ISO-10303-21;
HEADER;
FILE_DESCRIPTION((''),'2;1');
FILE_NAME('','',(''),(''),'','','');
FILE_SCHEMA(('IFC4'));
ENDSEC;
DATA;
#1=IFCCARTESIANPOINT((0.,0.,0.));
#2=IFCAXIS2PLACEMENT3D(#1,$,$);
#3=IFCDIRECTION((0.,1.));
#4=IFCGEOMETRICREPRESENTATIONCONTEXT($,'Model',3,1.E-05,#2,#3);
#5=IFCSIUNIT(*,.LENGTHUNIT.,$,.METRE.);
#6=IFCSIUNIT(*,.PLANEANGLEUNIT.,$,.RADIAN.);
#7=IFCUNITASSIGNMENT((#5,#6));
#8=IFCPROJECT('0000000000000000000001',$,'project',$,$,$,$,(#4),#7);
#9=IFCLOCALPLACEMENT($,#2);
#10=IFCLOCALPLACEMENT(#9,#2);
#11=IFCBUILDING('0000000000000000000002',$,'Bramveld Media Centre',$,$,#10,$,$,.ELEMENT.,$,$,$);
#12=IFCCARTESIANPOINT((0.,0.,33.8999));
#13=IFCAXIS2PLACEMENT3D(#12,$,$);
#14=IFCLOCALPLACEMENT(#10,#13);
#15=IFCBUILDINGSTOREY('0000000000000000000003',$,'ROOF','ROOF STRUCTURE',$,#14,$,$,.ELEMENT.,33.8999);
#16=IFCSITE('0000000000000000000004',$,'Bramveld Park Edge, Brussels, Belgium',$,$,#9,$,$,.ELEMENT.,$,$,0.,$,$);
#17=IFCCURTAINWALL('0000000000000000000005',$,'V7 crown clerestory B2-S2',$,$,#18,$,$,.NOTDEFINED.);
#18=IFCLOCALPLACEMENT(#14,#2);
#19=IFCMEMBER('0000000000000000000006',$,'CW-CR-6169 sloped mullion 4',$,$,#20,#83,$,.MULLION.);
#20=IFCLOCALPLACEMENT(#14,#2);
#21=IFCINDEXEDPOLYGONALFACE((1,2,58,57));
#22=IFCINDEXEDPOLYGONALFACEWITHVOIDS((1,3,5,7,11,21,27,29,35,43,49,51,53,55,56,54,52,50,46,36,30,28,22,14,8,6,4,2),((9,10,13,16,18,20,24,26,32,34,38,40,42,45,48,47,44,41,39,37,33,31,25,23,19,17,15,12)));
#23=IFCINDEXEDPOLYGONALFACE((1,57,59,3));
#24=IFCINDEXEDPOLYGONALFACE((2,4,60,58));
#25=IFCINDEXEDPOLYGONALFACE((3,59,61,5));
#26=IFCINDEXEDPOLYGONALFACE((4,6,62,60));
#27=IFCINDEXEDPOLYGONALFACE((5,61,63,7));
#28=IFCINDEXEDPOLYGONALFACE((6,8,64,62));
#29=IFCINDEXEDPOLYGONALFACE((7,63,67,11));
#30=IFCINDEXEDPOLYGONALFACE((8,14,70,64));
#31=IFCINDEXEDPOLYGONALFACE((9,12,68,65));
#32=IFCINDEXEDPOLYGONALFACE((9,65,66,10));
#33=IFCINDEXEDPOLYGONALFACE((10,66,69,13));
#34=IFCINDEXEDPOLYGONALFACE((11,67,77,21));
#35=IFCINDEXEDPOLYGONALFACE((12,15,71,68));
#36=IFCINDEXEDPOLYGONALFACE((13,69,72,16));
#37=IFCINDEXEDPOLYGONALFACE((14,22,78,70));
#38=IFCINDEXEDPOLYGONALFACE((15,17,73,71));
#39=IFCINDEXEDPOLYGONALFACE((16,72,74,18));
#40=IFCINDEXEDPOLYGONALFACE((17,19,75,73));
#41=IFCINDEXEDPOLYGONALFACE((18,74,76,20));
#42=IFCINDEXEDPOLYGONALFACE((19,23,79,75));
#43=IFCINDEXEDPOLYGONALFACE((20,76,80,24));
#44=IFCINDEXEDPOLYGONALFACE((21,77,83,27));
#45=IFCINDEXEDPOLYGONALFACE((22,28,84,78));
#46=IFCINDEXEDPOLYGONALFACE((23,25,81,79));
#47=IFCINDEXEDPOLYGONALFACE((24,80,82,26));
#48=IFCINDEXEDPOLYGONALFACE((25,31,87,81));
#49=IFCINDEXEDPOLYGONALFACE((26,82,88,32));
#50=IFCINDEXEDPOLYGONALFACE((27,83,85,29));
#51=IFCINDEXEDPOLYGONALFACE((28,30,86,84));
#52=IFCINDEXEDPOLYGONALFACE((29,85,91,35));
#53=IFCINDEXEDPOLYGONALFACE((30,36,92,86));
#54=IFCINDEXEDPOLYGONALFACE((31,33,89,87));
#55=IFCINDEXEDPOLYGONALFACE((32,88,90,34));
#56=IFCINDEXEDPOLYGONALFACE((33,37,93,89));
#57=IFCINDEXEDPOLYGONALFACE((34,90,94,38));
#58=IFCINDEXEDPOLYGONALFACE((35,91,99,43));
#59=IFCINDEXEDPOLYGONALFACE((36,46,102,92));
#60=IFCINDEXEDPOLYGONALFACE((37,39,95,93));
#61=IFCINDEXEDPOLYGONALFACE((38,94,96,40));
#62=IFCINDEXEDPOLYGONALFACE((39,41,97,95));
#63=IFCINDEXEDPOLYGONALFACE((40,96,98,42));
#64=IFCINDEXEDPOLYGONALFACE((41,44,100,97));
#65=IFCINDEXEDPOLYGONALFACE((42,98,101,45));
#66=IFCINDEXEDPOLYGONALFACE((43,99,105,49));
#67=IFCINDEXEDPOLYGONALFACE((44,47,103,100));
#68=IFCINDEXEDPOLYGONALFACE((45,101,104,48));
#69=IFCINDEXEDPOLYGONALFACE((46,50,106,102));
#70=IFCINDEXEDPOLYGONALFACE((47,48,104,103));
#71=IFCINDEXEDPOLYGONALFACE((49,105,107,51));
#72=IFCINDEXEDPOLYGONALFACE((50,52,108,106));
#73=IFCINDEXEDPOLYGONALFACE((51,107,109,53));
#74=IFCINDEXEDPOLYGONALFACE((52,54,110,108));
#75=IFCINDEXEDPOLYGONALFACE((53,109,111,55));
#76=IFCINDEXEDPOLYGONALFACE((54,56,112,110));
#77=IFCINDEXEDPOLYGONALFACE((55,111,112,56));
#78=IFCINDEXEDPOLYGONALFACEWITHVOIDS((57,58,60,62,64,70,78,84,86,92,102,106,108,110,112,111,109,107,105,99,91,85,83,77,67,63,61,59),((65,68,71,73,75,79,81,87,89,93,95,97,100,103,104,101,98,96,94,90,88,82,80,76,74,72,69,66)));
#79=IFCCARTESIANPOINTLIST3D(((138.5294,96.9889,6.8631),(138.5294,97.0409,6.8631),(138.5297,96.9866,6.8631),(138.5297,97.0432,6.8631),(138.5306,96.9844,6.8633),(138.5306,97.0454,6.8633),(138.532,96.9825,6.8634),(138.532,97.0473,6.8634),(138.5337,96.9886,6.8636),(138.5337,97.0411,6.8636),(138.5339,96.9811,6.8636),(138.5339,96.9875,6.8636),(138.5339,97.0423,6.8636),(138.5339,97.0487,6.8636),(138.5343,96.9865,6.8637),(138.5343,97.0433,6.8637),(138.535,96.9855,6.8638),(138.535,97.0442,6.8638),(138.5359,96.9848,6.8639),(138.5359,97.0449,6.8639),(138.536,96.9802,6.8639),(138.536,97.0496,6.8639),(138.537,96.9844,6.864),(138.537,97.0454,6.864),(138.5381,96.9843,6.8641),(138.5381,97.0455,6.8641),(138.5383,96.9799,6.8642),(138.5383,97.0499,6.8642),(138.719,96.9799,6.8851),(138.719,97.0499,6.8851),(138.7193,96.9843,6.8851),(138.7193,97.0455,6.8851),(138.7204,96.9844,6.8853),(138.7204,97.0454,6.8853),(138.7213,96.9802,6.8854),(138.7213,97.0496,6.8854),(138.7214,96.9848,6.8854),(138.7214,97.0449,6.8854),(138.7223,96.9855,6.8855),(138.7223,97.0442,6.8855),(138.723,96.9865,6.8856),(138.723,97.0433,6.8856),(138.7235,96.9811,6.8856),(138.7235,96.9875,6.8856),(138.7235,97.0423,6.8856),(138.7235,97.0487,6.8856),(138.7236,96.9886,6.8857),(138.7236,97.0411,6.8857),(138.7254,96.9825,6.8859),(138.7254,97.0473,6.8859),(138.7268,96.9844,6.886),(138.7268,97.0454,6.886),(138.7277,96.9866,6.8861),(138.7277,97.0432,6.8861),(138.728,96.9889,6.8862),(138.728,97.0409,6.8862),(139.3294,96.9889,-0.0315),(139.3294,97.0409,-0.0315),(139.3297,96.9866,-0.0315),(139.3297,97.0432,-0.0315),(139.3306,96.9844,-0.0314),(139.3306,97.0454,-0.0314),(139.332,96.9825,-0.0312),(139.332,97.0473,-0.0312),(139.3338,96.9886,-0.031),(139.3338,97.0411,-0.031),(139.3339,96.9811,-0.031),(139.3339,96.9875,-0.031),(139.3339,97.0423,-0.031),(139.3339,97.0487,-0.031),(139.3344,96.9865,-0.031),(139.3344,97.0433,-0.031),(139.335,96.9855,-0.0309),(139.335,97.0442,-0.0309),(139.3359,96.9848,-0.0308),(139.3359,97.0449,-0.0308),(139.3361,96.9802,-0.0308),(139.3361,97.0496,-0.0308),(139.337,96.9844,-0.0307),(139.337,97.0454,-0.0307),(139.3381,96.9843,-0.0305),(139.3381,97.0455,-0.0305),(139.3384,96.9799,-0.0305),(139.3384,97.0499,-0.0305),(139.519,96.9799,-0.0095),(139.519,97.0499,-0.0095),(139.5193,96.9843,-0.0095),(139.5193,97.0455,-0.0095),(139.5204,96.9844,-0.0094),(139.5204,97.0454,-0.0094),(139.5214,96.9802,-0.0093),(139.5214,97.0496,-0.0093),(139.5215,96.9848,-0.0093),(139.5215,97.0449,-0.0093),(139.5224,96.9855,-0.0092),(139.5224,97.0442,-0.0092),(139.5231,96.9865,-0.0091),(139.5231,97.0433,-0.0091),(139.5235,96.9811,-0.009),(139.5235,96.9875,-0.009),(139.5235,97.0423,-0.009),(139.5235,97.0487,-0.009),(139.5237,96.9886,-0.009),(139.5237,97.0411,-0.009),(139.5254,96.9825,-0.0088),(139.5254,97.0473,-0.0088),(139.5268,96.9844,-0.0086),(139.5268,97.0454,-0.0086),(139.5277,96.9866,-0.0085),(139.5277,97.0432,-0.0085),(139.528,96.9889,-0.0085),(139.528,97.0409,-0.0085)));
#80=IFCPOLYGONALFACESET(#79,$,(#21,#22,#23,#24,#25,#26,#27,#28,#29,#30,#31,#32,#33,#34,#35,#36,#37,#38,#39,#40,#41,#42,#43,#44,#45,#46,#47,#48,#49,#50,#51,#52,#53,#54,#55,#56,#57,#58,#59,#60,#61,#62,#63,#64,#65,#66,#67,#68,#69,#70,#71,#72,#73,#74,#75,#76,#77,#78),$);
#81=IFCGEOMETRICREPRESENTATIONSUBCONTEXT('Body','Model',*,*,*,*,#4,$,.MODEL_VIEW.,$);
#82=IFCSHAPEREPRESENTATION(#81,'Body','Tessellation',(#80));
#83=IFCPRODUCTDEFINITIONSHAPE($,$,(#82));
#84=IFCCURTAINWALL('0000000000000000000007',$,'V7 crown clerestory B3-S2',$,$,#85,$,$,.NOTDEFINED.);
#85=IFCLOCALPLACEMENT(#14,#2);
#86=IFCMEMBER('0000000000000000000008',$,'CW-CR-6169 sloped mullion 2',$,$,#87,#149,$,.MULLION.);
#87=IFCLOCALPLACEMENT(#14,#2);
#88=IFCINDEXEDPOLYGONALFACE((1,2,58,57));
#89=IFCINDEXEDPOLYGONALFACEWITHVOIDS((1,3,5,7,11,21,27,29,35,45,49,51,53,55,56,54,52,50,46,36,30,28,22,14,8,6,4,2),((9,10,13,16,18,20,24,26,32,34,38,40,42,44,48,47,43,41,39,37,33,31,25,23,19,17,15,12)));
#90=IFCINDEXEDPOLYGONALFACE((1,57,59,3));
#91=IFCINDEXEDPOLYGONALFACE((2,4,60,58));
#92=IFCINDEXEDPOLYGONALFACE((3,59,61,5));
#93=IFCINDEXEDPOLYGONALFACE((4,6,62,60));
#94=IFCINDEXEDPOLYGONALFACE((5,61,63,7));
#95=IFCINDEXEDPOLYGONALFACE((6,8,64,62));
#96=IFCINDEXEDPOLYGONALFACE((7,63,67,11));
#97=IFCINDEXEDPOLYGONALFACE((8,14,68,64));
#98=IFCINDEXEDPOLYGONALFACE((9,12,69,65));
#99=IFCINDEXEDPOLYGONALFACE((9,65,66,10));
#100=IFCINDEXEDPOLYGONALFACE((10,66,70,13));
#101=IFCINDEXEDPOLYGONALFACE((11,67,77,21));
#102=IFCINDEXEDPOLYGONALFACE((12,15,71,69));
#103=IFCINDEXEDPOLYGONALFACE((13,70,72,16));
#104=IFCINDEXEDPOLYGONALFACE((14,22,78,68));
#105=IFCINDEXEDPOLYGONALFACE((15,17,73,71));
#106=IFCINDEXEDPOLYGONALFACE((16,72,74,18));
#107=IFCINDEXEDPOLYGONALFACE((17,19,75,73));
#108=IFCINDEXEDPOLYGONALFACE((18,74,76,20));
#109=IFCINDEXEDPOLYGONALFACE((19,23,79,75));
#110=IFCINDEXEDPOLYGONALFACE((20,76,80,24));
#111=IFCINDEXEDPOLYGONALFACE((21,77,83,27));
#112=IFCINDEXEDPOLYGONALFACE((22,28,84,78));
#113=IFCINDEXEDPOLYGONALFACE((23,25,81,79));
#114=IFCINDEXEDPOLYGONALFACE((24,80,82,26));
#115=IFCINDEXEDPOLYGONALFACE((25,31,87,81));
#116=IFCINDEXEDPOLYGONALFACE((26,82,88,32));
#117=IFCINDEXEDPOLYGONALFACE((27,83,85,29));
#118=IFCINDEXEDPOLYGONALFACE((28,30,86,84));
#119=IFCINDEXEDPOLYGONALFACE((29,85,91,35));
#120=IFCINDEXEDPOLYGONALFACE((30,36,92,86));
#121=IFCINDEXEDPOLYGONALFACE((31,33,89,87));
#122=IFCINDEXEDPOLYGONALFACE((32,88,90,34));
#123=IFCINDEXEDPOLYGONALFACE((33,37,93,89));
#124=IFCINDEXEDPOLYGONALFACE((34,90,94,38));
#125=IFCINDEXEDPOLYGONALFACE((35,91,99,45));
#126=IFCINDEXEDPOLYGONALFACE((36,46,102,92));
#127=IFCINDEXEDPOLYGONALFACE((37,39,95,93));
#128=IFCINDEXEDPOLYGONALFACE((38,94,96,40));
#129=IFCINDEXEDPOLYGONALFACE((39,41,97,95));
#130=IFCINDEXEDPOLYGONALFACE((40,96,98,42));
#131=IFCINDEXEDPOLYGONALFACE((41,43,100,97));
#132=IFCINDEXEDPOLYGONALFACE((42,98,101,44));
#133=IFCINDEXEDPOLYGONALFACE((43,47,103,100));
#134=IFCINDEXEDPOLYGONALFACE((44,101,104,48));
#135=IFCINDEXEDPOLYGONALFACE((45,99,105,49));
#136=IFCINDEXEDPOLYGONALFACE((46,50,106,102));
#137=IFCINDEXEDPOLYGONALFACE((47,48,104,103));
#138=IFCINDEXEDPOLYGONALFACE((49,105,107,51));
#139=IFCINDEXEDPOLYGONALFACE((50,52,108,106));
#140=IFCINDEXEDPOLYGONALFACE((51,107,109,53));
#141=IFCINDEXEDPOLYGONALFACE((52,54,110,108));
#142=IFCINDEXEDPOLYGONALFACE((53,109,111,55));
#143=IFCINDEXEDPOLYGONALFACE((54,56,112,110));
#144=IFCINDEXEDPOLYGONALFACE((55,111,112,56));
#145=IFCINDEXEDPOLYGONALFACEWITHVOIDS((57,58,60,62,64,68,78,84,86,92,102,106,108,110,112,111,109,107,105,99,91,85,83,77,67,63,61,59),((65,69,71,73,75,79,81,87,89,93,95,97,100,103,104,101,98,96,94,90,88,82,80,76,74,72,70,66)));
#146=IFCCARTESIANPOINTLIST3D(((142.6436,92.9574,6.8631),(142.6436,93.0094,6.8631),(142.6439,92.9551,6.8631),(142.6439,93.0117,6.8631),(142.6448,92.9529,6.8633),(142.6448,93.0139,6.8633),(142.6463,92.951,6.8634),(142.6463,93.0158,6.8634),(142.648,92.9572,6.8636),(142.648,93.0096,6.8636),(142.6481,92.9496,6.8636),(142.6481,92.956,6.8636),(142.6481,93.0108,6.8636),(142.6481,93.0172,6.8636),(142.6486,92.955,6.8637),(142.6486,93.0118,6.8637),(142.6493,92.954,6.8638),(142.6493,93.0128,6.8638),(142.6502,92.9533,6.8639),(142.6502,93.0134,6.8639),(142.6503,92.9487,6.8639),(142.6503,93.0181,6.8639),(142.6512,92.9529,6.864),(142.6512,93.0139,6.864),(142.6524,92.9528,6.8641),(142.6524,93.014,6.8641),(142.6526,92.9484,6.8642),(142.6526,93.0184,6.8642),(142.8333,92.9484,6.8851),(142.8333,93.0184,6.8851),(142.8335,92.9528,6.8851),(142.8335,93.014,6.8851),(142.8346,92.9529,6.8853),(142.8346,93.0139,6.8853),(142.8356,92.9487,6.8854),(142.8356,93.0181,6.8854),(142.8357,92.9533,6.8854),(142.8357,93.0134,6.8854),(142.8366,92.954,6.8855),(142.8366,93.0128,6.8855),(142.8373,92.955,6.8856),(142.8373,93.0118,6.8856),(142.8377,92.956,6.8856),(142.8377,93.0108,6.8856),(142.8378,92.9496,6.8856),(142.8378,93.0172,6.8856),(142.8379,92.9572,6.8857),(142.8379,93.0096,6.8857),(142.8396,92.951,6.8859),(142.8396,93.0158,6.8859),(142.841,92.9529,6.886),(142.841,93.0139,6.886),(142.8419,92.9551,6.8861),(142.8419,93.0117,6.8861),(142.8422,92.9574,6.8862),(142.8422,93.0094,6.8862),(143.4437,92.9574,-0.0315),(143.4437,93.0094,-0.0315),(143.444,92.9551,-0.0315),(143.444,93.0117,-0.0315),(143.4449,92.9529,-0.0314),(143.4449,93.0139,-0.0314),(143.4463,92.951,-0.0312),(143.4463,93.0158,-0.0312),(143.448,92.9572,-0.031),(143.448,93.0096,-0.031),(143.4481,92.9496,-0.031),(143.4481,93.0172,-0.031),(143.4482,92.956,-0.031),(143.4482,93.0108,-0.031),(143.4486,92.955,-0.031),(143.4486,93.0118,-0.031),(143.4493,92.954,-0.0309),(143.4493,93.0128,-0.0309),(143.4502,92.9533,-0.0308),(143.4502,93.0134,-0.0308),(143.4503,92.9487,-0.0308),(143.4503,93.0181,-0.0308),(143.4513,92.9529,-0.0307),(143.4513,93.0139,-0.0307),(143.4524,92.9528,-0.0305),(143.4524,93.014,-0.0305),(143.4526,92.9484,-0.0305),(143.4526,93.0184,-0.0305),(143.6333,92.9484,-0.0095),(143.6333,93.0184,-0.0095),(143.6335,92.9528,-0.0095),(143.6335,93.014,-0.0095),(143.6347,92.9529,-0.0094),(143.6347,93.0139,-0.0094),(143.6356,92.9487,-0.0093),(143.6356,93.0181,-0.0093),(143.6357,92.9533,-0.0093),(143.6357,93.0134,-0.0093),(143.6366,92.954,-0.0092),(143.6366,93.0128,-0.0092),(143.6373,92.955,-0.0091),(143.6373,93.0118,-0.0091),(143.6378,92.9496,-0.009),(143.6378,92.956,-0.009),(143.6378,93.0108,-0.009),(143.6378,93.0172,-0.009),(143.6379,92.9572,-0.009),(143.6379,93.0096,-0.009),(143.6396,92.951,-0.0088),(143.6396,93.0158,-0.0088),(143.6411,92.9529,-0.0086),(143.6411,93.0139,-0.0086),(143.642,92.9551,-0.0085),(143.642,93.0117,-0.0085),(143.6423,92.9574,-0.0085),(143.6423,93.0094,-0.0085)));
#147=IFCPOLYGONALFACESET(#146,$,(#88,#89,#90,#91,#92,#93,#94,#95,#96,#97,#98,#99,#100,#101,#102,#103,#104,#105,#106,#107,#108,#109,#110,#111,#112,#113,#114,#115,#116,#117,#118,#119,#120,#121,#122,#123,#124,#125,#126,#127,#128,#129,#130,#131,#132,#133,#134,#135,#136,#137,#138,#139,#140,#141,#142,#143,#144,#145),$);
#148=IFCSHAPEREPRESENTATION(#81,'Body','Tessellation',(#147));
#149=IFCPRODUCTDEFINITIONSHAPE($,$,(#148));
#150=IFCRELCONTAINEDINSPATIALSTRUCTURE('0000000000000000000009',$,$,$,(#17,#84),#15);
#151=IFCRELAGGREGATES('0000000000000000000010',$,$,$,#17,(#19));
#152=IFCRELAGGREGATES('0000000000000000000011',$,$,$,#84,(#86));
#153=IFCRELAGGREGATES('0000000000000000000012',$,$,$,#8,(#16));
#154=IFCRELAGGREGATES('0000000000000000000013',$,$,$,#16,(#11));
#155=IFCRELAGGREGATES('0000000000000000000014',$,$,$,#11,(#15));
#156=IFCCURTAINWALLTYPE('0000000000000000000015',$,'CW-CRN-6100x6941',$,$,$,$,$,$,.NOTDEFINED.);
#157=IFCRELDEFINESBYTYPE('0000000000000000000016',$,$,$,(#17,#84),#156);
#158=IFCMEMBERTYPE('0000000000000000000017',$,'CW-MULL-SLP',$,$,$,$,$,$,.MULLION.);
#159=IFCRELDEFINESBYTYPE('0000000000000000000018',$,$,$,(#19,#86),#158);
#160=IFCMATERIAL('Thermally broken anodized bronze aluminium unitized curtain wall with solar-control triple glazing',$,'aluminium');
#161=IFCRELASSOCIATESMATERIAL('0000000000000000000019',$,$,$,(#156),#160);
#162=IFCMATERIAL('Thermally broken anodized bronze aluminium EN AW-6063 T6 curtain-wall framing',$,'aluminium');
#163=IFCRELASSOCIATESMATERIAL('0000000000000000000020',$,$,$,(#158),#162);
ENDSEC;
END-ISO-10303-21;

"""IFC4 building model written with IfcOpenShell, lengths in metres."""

from ifc_helpers import new_model, si_unit, direction, frame, origin, origin_2d, place, context, subcontext, project, spatial, hollow_rectangle, extrude, material, material_profile, profile_set, type_object, element, aggregate, save


model = new_model("IFC4")

# Units and contexts
model_context = context("Model", 3, precision=1e-05, world=origin(), true_north=direction((0.0, 1.0)))
body_context = subcontext(model_context, "Body", "Model", "MODEL_VIEW")
ifc_project = project(units=[si_unit("LENGTHUNIT", "METRE"), si_unit("PLANEANGLEUNIT", "RADIAN")], contexts=[model_context])

# Site, building, storey
site_placement = place(None, origin())
site = spatial("IfcSite", under=ifc_project, at=site_placement, Name="Bramveld Park Edge, Brussels, Belgium", CompositionType="ELEMENT", RefElevation=0.0)
building_placement = place(site_placement, origin())
building = spatial("IfcBuilding", under=site, at=building_placement, Name="Bramveld Media Centre", CompositionType="ELEMENT")
storey_placement = place(building_placement, frame((0.0, 0.0, 33.8999)))
storey = spatial("IfcBuildingStorey", under=building, at=storey_placement, Name="ROOF", Description="ROOF STRUCTURE", CompositionType="ELEMENT", Elevation=33.8999)

# Curtain walls, members
ifc_material_1 = material(Name="Thermally broken anodized bronze aluminium unitized curtain wall with solar-control triple glazing", Category="aluminium")
curtain_wall_type = type_object("IfcCurtainWallType", Name="CW-CRN-6100x6941", PredefinedType="NOTDEFINED", material=ifc_material_1)
curtain_wall_1_placement = place(storey_placement, origin())
curtain_wall_1 = element("IfcCurtainWall", 1, at=curtain_wall_1_placement, inside=storey, type_object=curtain_wall_type, Name="V7 crown clerestory B2-S2", PredefinedType="NOTDEFINED")
ifc_material_2 = material(Name="Thermally broken anodized bronze aluminium EN AW-6063 T6 curtain-wall framing", Category="aluminium")
ifc_material_profile_1 = material_profile(ifc_material_2, hollow_rectangle(XDim=0.0701, YDim=0.2, WallThickness=0.0044, InnerFilletRadius=0.0044, OuterFilletRadius=0.009, at=origin_2d()), Name="AL-MULL 70x200")
ifc_profile_set_1 = profile_set([ifc_material_profile_1], Name="Thermally broken anodized bronze aluminium EN AW-6063 T6 curtain-wall framing")
member_type_1 = type_object("IfcMemberType", Name="CW-MULL-SLP", PredefinedType="MULLION", material=ifc_profile_set_1)
member_1_placement = place(storey_placement, frame((139.4287, 97.0149, -0.02), z_axis=(-0.115264, 0.0, 0.993335), x_axis=(0.0, -1.0, 0.0)))
member_1 = element("IfcMember", 2, at=member_1_placement, type_object=member_type_1, Name="CW-CR-6169 sloped mullion 4", PredefinedType="MULLION", context=body_context, shape_type="SweptSolid", body=[
    extrude(hollow_rectangle(XDim=0.0701, YDim=0.2, WallThickness=0.0044, InnerFilletRadius=0.0044, OuterFilletRadius=0.009, at=origin_2d()), origin(), (0.0, 0.0, 1.0), 6.9409),
])
curtain_wall_2_placement = place(storey_placement, origin())
curtain_wall_2 = element("IfcCurtainWall", 3, at=curtain_wall_2_placement, inside=storey, type_object=curtain_wall_type, Name="V7 crown clerestory B3-S2", PredefinedType="NOTDEFINED")
member_2_placement = place(storey_placement, frame((143.543, 92.9834, -0.02), z_axis=(-0.115264, 0.0, 0.993335), x_axis=(0.0, -1.0, 0.0)))
member_2 = element("IfcMember", 4, at=member_2_placement, type_object=member_type_1, Name="CW-CR-6169 sloped mullion 2", PredefinedType="MULLION", context=body_context, shape_type="SweptSolid", body=[
    extrude(hollow_rectangle(XDim=0.0701, YDim=0.2, WallThickness=0.0044, InnerFilletRadius=0.0044, OuterFilletRadius=0.009, at=origin_2d()), origin(), (0.0, 0.0, 1.0), 6.9409),
])

aggregate(curtain_wall_1, [member_1])
aggregate(curtain_wall_2, [member_2])

save(model, "model.ifc")
